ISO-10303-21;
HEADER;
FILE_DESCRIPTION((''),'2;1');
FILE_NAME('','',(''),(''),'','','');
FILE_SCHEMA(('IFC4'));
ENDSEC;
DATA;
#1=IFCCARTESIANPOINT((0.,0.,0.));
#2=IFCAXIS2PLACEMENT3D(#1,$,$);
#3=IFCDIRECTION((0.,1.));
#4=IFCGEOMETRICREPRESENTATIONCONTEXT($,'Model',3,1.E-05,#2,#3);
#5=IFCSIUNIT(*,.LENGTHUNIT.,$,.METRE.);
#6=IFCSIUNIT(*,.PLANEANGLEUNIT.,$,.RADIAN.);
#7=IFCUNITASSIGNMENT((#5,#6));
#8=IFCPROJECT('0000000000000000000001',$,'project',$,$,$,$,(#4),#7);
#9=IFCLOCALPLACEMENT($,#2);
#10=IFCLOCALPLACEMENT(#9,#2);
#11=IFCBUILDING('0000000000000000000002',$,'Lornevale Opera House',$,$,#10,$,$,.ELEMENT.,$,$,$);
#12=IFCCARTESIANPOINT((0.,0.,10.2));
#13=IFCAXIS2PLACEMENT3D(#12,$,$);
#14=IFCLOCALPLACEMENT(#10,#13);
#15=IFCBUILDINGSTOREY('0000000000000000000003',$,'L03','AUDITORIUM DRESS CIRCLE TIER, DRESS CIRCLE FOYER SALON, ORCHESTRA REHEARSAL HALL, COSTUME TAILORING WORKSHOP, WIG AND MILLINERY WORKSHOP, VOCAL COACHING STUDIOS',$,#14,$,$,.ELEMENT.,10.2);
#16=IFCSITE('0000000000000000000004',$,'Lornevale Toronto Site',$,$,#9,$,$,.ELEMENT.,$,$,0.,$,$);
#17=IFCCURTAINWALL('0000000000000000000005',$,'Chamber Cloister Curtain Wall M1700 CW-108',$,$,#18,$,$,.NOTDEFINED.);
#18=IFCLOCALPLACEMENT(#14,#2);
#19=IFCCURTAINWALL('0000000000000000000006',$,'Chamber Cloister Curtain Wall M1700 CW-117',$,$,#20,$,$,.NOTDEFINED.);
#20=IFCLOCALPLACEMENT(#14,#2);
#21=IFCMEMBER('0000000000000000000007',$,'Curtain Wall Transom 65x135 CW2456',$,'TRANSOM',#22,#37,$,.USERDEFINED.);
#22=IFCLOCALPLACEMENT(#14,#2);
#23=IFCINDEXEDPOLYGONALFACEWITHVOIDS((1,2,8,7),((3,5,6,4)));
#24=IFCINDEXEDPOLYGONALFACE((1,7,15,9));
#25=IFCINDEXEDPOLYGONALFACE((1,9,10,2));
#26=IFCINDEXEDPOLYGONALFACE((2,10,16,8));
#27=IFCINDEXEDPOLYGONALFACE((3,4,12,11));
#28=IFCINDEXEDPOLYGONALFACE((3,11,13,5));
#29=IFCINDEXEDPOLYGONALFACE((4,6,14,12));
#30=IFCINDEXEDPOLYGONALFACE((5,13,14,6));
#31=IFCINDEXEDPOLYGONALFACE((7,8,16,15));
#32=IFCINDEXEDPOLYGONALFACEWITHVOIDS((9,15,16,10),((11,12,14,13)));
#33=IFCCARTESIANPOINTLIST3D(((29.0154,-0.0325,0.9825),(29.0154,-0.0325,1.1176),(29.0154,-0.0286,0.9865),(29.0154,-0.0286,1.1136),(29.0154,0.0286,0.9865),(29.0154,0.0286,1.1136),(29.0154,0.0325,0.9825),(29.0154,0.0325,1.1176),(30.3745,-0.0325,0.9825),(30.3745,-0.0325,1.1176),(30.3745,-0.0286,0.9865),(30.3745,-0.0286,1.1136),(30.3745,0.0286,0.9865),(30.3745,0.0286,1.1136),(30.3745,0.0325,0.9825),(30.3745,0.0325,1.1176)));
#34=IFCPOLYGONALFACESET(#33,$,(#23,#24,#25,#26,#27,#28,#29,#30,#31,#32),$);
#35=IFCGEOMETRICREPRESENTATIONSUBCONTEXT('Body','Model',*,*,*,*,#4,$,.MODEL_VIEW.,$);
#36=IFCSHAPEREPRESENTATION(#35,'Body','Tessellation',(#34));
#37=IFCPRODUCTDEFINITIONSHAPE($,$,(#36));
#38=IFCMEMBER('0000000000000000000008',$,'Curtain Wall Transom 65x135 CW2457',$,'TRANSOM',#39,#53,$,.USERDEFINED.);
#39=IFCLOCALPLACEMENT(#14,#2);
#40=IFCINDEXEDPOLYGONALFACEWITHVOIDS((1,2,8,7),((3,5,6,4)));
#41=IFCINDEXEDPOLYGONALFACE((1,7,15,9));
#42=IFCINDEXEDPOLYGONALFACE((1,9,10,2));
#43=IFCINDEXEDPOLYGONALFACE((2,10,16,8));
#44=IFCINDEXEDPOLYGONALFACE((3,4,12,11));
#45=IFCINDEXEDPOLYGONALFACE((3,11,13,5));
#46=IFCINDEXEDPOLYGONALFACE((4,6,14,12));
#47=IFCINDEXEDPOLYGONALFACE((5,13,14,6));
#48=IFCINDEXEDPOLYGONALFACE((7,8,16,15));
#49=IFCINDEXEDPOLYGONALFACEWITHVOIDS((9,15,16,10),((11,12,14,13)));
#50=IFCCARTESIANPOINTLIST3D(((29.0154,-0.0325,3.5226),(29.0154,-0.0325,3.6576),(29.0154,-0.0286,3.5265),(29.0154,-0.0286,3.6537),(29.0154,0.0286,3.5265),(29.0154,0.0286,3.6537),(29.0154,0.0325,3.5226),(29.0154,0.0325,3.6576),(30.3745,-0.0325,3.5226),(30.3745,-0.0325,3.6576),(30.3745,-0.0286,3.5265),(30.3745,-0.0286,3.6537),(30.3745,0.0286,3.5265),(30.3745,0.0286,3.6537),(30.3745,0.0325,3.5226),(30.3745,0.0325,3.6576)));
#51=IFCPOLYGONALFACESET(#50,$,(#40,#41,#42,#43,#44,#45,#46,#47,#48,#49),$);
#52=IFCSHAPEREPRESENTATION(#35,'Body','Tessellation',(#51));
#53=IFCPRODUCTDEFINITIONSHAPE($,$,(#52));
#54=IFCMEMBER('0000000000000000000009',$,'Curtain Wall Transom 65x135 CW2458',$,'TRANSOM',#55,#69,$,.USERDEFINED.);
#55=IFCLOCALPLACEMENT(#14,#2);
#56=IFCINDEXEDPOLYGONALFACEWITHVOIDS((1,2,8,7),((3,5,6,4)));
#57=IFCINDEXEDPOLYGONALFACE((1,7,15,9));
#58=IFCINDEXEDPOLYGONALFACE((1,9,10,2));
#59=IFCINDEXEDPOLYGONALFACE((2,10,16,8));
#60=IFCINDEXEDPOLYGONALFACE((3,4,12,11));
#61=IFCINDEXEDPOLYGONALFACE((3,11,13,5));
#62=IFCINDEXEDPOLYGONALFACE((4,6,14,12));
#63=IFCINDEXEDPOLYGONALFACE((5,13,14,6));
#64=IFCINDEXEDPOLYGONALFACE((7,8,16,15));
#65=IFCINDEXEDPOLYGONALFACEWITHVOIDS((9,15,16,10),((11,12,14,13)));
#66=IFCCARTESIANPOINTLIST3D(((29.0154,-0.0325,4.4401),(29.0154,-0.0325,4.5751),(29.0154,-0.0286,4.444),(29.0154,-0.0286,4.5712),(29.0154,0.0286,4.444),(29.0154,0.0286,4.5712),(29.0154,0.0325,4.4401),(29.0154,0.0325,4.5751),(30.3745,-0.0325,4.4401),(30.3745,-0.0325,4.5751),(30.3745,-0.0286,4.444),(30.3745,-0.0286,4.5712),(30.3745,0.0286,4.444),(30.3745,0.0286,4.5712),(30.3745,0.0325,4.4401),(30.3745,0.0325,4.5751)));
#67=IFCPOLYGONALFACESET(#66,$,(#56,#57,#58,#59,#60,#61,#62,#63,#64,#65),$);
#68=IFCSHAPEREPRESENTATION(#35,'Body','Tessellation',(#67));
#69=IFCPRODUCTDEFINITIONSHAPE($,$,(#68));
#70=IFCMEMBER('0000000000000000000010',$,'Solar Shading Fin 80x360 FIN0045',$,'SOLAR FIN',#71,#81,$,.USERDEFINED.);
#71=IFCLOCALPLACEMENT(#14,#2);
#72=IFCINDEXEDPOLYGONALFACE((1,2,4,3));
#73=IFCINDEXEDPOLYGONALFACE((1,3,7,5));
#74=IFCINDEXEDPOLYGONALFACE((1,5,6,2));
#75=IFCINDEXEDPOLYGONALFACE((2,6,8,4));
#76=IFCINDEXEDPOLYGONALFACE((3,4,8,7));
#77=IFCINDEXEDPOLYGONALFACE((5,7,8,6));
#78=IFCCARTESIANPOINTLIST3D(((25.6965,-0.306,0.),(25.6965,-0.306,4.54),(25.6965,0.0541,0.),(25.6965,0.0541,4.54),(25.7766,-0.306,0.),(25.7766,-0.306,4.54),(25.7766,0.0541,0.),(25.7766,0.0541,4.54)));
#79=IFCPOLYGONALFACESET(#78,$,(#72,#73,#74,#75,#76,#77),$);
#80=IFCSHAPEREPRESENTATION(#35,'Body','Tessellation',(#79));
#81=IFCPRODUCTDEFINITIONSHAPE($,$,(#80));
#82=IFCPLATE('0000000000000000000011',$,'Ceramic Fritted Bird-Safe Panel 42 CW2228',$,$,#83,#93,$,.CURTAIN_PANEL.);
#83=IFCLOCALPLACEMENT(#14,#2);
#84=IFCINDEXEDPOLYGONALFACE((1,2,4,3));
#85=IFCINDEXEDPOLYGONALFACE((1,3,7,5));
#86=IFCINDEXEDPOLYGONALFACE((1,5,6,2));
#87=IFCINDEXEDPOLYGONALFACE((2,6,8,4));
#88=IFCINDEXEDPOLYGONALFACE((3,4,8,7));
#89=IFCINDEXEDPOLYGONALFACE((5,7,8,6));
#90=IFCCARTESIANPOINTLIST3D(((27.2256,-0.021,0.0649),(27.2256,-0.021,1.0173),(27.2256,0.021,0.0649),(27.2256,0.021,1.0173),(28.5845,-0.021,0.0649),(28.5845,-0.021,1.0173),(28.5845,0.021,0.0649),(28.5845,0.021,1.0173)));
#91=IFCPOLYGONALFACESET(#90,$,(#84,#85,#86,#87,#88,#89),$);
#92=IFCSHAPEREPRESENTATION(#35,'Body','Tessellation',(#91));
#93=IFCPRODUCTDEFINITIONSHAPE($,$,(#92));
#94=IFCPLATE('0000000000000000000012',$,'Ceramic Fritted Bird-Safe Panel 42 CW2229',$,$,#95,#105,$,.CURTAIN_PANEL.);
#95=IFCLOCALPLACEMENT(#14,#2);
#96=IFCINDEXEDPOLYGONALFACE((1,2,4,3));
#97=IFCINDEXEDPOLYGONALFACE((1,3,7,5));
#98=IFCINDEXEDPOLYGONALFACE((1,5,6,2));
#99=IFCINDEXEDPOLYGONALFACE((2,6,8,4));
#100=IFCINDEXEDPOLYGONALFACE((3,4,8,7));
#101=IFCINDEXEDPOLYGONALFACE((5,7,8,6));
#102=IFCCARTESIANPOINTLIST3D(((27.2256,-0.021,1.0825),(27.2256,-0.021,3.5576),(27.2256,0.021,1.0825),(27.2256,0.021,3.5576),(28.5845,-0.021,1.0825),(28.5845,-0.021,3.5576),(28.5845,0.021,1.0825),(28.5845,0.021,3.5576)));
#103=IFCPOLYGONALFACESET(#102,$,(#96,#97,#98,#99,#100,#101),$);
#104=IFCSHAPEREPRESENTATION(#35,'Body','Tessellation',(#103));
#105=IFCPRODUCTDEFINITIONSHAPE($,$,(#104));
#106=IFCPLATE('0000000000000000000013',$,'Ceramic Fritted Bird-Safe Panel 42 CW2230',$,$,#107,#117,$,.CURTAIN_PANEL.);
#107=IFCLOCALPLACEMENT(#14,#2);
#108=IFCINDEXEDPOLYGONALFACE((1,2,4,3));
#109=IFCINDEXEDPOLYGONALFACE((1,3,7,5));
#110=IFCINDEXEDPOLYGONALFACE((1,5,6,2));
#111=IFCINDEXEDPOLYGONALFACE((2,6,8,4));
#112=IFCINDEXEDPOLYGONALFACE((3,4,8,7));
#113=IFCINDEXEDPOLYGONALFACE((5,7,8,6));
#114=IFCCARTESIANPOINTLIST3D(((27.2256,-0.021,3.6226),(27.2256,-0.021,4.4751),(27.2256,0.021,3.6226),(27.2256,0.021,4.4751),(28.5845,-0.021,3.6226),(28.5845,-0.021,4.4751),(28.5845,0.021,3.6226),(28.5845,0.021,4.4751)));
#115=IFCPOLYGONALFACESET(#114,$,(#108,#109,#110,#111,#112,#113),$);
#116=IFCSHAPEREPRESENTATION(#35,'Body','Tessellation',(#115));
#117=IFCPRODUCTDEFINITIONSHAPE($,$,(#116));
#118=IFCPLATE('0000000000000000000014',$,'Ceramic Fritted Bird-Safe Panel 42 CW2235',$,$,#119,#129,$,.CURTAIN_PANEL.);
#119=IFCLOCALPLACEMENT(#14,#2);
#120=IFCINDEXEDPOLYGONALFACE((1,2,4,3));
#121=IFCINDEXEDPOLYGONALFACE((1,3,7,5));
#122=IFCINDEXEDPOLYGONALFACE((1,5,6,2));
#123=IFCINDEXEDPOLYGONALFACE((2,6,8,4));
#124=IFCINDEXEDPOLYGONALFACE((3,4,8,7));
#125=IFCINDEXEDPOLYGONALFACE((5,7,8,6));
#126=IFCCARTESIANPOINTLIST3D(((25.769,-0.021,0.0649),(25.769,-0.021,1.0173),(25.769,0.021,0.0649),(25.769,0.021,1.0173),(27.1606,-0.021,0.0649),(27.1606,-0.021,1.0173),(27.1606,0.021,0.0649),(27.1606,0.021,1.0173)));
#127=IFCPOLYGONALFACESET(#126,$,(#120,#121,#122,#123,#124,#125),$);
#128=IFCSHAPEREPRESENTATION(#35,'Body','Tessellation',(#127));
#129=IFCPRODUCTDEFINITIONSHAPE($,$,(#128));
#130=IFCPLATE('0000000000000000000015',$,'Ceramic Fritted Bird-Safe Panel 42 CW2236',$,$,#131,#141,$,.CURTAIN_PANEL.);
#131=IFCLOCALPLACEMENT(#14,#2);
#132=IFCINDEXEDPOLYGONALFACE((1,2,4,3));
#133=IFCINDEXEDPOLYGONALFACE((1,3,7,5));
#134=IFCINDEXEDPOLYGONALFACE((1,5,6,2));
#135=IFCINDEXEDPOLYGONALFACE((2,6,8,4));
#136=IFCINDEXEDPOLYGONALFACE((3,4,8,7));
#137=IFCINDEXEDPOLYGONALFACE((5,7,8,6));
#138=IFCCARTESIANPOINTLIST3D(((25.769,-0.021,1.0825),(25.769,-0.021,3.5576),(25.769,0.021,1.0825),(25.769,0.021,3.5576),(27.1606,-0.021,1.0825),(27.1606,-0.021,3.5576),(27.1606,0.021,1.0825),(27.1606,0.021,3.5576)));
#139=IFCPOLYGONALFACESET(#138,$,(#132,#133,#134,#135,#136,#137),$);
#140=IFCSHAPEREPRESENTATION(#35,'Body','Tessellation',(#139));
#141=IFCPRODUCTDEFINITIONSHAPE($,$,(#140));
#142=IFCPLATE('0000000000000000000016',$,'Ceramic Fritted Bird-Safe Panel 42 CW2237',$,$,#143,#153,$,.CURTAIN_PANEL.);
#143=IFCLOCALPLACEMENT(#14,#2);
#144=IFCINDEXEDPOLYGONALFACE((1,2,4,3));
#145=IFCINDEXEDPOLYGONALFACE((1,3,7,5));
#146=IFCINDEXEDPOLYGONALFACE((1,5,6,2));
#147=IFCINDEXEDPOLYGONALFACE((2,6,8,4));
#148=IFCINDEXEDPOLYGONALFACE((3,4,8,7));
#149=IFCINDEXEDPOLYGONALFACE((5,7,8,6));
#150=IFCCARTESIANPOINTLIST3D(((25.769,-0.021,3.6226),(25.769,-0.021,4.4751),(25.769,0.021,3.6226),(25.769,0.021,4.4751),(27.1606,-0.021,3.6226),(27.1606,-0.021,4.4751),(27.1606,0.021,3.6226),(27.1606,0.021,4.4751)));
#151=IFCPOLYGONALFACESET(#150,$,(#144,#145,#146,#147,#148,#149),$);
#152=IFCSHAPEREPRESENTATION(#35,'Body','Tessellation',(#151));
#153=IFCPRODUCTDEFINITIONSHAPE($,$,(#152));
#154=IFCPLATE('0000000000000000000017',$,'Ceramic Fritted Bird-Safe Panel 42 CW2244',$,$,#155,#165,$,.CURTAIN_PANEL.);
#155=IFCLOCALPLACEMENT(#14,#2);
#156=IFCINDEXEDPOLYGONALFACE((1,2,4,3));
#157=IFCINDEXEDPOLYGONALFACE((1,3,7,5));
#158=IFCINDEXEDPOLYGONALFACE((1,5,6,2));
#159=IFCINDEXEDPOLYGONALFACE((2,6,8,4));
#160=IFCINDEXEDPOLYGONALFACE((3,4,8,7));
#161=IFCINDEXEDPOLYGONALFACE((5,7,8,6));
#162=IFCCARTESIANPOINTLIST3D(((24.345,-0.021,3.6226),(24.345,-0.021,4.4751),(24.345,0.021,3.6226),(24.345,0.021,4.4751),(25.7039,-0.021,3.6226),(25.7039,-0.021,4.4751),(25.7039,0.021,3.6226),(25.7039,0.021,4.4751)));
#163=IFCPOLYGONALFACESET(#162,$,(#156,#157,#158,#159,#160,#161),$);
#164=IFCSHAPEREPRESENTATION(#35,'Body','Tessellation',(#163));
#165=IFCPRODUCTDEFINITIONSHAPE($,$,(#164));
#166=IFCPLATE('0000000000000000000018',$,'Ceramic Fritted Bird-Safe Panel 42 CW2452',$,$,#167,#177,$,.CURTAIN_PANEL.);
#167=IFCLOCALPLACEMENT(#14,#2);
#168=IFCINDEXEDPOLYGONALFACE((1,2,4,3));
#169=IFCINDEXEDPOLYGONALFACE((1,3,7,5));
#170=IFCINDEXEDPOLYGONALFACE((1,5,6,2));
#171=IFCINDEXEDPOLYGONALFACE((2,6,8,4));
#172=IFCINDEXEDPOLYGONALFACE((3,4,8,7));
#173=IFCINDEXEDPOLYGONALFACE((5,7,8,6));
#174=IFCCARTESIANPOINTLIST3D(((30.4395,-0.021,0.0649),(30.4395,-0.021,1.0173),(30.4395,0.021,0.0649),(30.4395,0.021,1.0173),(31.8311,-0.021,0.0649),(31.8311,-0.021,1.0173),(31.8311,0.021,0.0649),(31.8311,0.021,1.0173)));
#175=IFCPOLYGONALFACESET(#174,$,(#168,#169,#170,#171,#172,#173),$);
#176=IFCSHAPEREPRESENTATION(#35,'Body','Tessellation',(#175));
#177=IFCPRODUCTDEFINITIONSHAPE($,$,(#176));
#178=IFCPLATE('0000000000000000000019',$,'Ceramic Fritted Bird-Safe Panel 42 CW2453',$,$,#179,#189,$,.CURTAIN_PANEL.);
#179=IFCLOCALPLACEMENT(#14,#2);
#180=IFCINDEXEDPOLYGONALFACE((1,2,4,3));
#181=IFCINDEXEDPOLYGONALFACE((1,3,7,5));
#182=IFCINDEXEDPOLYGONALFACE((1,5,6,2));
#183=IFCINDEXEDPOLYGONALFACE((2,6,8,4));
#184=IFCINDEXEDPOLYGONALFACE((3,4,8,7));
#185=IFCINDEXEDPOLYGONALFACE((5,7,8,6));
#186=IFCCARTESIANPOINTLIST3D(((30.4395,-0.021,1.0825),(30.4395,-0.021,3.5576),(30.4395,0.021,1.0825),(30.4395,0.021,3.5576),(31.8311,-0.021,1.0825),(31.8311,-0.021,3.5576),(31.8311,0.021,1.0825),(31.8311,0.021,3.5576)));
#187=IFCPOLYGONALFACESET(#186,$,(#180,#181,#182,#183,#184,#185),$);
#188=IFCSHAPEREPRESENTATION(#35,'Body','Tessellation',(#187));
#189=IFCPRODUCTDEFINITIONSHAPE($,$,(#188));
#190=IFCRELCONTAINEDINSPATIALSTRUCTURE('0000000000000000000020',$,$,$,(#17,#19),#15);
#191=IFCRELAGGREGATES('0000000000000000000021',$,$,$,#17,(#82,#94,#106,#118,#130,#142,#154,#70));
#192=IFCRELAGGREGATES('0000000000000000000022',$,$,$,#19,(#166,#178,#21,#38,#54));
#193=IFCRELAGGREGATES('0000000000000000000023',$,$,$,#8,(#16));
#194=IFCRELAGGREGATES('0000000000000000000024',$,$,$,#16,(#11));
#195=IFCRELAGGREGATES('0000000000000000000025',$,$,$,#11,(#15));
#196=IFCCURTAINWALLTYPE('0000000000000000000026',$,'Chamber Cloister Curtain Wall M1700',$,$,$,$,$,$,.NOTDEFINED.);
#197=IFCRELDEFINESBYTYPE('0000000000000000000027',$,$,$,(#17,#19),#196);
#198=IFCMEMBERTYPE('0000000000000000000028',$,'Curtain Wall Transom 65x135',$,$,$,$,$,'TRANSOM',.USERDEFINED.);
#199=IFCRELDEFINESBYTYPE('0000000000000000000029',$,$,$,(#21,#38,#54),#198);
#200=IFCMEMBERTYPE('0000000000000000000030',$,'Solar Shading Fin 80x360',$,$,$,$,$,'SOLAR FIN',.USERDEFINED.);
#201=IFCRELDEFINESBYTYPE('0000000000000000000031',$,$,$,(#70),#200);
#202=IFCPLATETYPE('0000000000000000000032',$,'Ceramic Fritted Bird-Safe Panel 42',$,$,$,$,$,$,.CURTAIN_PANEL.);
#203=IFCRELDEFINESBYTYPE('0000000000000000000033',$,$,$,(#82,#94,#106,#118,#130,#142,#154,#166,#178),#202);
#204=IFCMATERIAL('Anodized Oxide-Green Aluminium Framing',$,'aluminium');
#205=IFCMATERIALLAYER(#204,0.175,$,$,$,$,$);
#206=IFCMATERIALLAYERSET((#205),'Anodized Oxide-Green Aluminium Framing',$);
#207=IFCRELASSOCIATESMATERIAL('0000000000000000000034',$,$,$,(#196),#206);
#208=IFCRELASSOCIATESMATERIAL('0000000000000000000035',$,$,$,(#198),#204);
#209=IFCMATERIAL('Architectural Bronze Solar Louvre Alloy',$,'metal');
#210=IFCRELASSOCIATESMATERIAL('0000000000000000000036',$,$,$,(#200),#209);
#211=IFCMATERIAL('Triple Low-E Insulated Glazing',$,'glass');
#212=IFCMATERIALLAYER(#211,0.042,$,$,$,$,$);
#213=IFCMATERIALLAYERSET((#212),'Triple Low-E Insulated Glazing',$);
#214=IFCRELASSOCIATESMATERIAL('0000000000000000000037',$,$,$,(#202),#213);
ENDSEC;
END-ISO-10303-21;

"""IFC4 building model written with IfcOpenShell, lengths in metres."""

from ifc_helpers import new_model, si_unit, direction, frame, origin, origin_2d, place, context, subcontext, project, spatial, rectangle, hollow_rectangle, extrude, material, layer, layer_set, material_profile, profile_set, type_object, element, aggregate, save


model = new_model("IFC4")

# Units and contexts
model_context = context("Model", 3, precision=1e-05, world=origin(), true_north=direction((0.0, 1.0)))
body_context = subcontext(model_context, "Body", "Model", "MODEL_VIEW")
ifc_project = project(units=[si_unit("LENGTHUNIT", "METRE"), si_unit("PLANEANGLEUNIT", "RADIAN")], contexts=[model_context])

# Site, building, storey
site_placement = place(None, origin())
site = spatial("IfcSite", under=ifc_project, at=site_placement, Name="Lornevale Toronto Site", CompositionType="ELEMENT", RefElevation=0.0)
building_placement = place(site_placement, origin())
building = spatial("IfcBuilding", under=site, at=building_placement, Name="Lornevale Opera House", CompositionType="ELEMENT")
storey_placement = place(building_placement, frame((0.0, 0.0, 10.2)))
storey = spatial("IfcBuildingStorey", under=building, at=storey_placement, Name="L03", Description="AUDITORIUM DRESS CIRCLE TIER, DRESS CIRCLE FOYER SALON, ORCHESTRA REHEARSAL HALL, COSTUME TAILORING WORKSHOP, WIG AND MILLINERY WORKSHOP, VOCAL COACHING STUDIOS", CompositionType="ELEMENT", Elevation=10.2)

# Curtain walls
ifc_material_1 = material(Name="Anodized Oxide-Green Aluminium Framing", Category="aluminium")
ifc_layer_1 = layer(ifc_material_1, 0.175)
ifc_layer_set_1 = layer_set([ifc_layer_1], Name="Anodized Oxide-Green Aluminium Framing")
curtain_wall_type = type_object("IfcCurtainWallType", Name="Chamber Cloister Curtain Wall M1700", PredefinedType="NOTDEFINED", material=ifc_layer_set_1)
curtain_wall_1_placement = place(storey_placement, origin())
curtain_wall_1 = element("IfcCurtainWall", 1, at=curtain_wall_1_placement, inside=storey, type_object=curtain_wall_type, Name="Chamber Cloister Curtain Wall M1700 CW-108", PredefinedType="NOTDEFINED")
curtain_wall_2_placement = place(storey_placement, origin())
curtain_wall_2 = element("IfcCurtainWall", 2, at=curtain_wall_2_placement, inside=storey, type_object=curtain_wall_type, Name="Chamber Cloister Curtain Wall M1700 CW-117", PredefinedType="NOTDEFINED")

# Members
ifc_material_profile_1 = material_profile(ifc_material_1, hollow_rectangle(XDim=0.0649, YDim=0.135, WallThickness=0.0039, at=origin_2d()), Name="ALU65x135x4")
ifc_profile_set_1 = profile_set([ifc_material_profile_1], Name="Anodized Oxide-Green Aluminium Framing")
member_type_1 = type_object("IfcMemberType", Name="Curtain Wall Transom 65x135", ElementType="TRANSOM", PredefinedType="USERDEFINED", material=ifc_profile_set_1)
member_1_placement = place(storey_placement, frame((30.3745, 0.0, 1.05), z_axis=(-1.0, 0.0, 0.0), x_axis=(0.0, -1.0, 0.0)))
member_1 = element("IfcMember", 3, at=member_1_placement, type_object=member_type_1, Name="Curtain Wall Transom 65x135 CW2456", ObjectType="TRANSOM", PredefinedType="USERDEFINED", context=body_context, shape_type="SweptSolid", body=[
    extrude(hollow_rectangle(XDim=0.0649, YDim=0.135, WallThickness=0.0039, at=origin_2d()), origin(), (0.0, 0.0, 1.0), 1.3591),
])
member_2_placement = place(storey_placement, frame((30.3745, 0.0, 3.5901), z_axis=(-1.0, 0.0, 0.0), x_axis=(0.0, -1.0, 0.0)))
member_2 = element("IfcMember", 4, at=member_2_placement, type_object=member_type_1, Name="Curtain Wall Transom 65x135 CW2457", ObjectType="TRANSOM", PredefinedType="USERDEFINED", context=body_context, shape_type="SweptSolid", body=[
    extrude(hollow_rectangle(XDim=0.0649, YDim=0.135, WallThickness=0.0039, at=origin_2d()), origin(), (0.0, 0.0, 1.0), 1.3591),
])
member_3_placement = place(storey_placement, frame((30.3745, 0.0, 4.5076), z_axis=(-1.0, 0.0, 0.0), x_axis=(0.0, -1.0, 0.0)))
member_3 = element("IfcMember", 5, at=member_3_placement, type_object=member_type_1, Name="Curtain Wall Transom 65x135 CW2458", ObjectType="TRANSOM", PredefinedType="USERDEFINED", context=body_context, shape_type="SweptSolid", body=[
    extrude(hollow_rectangle(XDim=0.0649, YDim=0.135, WallThickness=0.0039, at=origin_2d()), origin(), (0.0, 0.0, 1.0), 1.3591),
])
ifc_material_2 = material(Name="Architectural Bronze Solar Louvre Alloy", Category="metal")
ifc_material_profile_2 = material_profile(ifc_material_2, rectangle(XDim=0.0801, YDim=0.3601, at=origin_2d()), Name="FIN80x360")
ifc_profile_set_2 = profile_set([ifc_material_profile_2], Name="Architectural Bronze Solar Louvre Alloy")
member_type_2 = type_object("IfcMemberType", Name="Solar Shading Fin 80x360", ElementType="SOLAR FIN", PredefinedType="USERDEFINED", material=ifc_profile_set_2)
member_4_placement = place(storey_placement, frame((25.7366, -0.126, 0.0), z_axis=(0.0, 0.0, 1.0), x_axis=(-1.0, 0.0, 0.0)))
member_4 = element("IfcMember", 6, at=member_4_placement, type_object=member_type_2, Name="Solar Shading Fin 80x360 FIN0045", ObjectType="SOLAR FIN", PredefinedType="USERDEFINED", context=body_context, shape_type="SweptSolid", body=[
    extrude(rectangle(XDim=0.0801, YDim=0.3601, at=origin_2d()), origin(), (0.0, 0.0, 1.0), 4.54),
])

# Plates
ifc_material_3 = material(Name="Triple Low-E Insulated Glazing", Category="glass")
ifc_layer_2 = layer(ifc_material_3, 0.042)
ifc_layer_set_2 = layer_set([ifc_layer_2], Name="Triple Low-E Insulated Glazing")
plate_type = type_object("IfcPlateType", Name="Ceramic Fritted Bird-Safe Panel 42", PredefinedType="CURTAIN_PANEL", material=ifc_layer_set_2)
plate_1_placement = place(storey_placement, frame((27.905, 0.0, 0.0649), z_axis=(0.0, 0.0, 1.0), x_axis=(-1.0, 0.0, 0.0)))
plate_1 = element("IfcPlate", 7, at=plate_1_placement, type_object=plate_type, Name="Ceramic Fritted Bird-Safe Panel 42 CW2228", PredefinedType="CURTAIN_PANEL", context=body_context, shape_type="SweptSolid", body=[
    extrude(rectangle(XDim=1.3589, YDim=0.042, at=origin_2d()), origin(), (0.0, 0.0, 1.0), 0.9524),
])
plate_2_placement = place(storey_placement, frame((27.905, 0.0, 1.0825), z_axis=(0.0, 0.0, 1.0), x_axis=(-1.0, 0.0, 0.0)))
plate_2 = element("IfcPlate", 8, at=plate_2_placement, type_object=plate_type, Name="Ceramic Fritted Bird-Safe Panel 42 CW2229", PredefinedType="CURTAIN_PANEL", context=body_context, shape_type="SweptSolid", body=[
    extrude(rectangle(XDim=1.3589, YDim=0.042, at=origin_2d()), origin(), (0.0, 0.0, 1.0), 2.4751),
])
plate_3_placement = place(storey_placement, frame((27.905, 0.0, 3.6226), z_axis=(0.0, 0.0, 1.0), x_axis=(-1.0, 0.0, 0.0)))
plate_3 = element("IfcPlate", 9, at=plate_3_placement, type_object=plate_type, Name="Ceramic Fritted Bird-Safe Panel 42 CW2230", PredefinedType="CURTAIN_PANEL", context=body_context, shape_type="SweptSolid", body=[
    extrude(rectangle(XDim=1.3589, YDim=0.042, at=origin_2d()), origin(), (0.0, 0.0, 1.0), 0.8525),
])
plate_4_placement = place(storey_placement, frame((26.4648, 0.0, 0.0649), z_axis=(0.0, 0.0, 1.0), x_axis=(-1.0, 0.0, 0.0)))
plate_4 = element("IfcPlate", 10, at=plate_4_placement, type_object=plate_type, Name="Ceramic Fritted Bird-Safe Panel 42 CW2235", PredefinedType="CURTAIN_PANEL", context=body_context, shape_type="SweptSolid", body=[
    extrude(rectangle(XDim=1.3916, YDim=0.042, at=origin_2d()), origin(), (0.0, 0.0, 1.0), 0.9524),
])
plate_5_placement = place(storey_placement, frame((26.4648, 0.0, 1.0825), z_axis=(0.0, 0.0, 1.0), x_axis=(-1.0, 0.0, 0.0)))
plate_5 = element("IfcPlate", 11, at=plate_5_placement, type_object=plate_type, Name="Ceramic Fritted Bird-Safe Panel 42 CW2236", PredefinedType="CURTAIN_PANEL", context=body_context, shape_type="SweptSolid", body=[
    extrude(rectangle(XDim=1.3916, YDim=0.042, at=origin_2d()), origin(), (0.0, 0.0, 1.0), 2.4751),
])
plate_6_placement = place(storey_placement, frame((26.4648, 0.0, 3.6226), z_axis=(0.0, 0.0, 1.0), x_axis=(-1.0, 0.0, 0.0)))
plate_6 = element("IfcPlate", 12, at=plate_6_placement, type_object=plate_type, Name="Ceramic Fritted Bird-Safe Panel 42 CW2237", PredefinedType="CURTAIN_PANEL", context=body_context, shape_type="SweptSolid", body=[
    extrude(rectangle(XDim=1.3916, YDim=0.042, at=origin_2d()), origin(), (0.0, 0.0, 1.0), 0.8525),
])
plate_7_placement = place(storey_placement, frame((25.0244, 0.0, 3.6226), z_axis=(0.0, 0.0, 1.0), x_axis=(-1.0, 0.0, 0.0)))
plate_7 = element("IfcPlate", 13, at=plate_7_placement, type_object=plate_type, Name="Ceramic Fritted Bird-Safe Panel 42 CW2244", PredefinedType="CURTAIN_PANEL", context=body_context, shape_type="SweptSolid", body=[
    extrude(rectangle(XDim=1.3589, YDim=0.042, at=origin_2d()), origin(), (0.0, 0.0, 1.0), 0.8525),
])
aggregate(curtain_wall_1, [plate_1, plate_2, plate_3, plate_4, plate_5, plate_6, plate_7, member_4])
plate_8_placement = place(storey_placement, frame((31.1353, 0.0, 0.0649), z_axis=(0.0, 0.0, 1.0), x_axis=(-1.0, 0.0, 0.0)))
plate_8 = element("IfcPlate", 14, at=plate_8_placement, type_object=plate_type, Name="Ceramic Fritted Bird-Safe Panel 42 CW2452", PredefinedType="CURTAIN_PANEL", context=body_context, shape_type="SweptSolid", body=[
    extrude(rectangle(XDim=1.3916, YDim=0.042, at=origin_2d()), origin(), (0.0, 0.0, 1.0), 0.9524),
])
plate_9_placement = place(storey_placement, frame((31.1353, 0.0, 1.0825), z_axis=(0.0, 0.0, 1.0), x_axis=(-1.0, 0.0, 0.0)))
plate_9 = element("IfcPlate", 15, at=plate_9_placement, type_object=plate_type, Name="Ceramic Fritted Bird-Safe Panel 42 CW2453", PredefinedType="CURTAIN_PANEL", context=body_context, shape_type="SweptSolid", body=[
    extrude(rectangle(XDim=1.3916, YDim=0.042, at=origin_2d()), origin(), (0.0, 0.0, 1.0), 2.4751),
])
aggregate(curtain_wall_2, [plate_8, plate_9, member_1, member_2, member_3])

save(model, "model.ifc")
